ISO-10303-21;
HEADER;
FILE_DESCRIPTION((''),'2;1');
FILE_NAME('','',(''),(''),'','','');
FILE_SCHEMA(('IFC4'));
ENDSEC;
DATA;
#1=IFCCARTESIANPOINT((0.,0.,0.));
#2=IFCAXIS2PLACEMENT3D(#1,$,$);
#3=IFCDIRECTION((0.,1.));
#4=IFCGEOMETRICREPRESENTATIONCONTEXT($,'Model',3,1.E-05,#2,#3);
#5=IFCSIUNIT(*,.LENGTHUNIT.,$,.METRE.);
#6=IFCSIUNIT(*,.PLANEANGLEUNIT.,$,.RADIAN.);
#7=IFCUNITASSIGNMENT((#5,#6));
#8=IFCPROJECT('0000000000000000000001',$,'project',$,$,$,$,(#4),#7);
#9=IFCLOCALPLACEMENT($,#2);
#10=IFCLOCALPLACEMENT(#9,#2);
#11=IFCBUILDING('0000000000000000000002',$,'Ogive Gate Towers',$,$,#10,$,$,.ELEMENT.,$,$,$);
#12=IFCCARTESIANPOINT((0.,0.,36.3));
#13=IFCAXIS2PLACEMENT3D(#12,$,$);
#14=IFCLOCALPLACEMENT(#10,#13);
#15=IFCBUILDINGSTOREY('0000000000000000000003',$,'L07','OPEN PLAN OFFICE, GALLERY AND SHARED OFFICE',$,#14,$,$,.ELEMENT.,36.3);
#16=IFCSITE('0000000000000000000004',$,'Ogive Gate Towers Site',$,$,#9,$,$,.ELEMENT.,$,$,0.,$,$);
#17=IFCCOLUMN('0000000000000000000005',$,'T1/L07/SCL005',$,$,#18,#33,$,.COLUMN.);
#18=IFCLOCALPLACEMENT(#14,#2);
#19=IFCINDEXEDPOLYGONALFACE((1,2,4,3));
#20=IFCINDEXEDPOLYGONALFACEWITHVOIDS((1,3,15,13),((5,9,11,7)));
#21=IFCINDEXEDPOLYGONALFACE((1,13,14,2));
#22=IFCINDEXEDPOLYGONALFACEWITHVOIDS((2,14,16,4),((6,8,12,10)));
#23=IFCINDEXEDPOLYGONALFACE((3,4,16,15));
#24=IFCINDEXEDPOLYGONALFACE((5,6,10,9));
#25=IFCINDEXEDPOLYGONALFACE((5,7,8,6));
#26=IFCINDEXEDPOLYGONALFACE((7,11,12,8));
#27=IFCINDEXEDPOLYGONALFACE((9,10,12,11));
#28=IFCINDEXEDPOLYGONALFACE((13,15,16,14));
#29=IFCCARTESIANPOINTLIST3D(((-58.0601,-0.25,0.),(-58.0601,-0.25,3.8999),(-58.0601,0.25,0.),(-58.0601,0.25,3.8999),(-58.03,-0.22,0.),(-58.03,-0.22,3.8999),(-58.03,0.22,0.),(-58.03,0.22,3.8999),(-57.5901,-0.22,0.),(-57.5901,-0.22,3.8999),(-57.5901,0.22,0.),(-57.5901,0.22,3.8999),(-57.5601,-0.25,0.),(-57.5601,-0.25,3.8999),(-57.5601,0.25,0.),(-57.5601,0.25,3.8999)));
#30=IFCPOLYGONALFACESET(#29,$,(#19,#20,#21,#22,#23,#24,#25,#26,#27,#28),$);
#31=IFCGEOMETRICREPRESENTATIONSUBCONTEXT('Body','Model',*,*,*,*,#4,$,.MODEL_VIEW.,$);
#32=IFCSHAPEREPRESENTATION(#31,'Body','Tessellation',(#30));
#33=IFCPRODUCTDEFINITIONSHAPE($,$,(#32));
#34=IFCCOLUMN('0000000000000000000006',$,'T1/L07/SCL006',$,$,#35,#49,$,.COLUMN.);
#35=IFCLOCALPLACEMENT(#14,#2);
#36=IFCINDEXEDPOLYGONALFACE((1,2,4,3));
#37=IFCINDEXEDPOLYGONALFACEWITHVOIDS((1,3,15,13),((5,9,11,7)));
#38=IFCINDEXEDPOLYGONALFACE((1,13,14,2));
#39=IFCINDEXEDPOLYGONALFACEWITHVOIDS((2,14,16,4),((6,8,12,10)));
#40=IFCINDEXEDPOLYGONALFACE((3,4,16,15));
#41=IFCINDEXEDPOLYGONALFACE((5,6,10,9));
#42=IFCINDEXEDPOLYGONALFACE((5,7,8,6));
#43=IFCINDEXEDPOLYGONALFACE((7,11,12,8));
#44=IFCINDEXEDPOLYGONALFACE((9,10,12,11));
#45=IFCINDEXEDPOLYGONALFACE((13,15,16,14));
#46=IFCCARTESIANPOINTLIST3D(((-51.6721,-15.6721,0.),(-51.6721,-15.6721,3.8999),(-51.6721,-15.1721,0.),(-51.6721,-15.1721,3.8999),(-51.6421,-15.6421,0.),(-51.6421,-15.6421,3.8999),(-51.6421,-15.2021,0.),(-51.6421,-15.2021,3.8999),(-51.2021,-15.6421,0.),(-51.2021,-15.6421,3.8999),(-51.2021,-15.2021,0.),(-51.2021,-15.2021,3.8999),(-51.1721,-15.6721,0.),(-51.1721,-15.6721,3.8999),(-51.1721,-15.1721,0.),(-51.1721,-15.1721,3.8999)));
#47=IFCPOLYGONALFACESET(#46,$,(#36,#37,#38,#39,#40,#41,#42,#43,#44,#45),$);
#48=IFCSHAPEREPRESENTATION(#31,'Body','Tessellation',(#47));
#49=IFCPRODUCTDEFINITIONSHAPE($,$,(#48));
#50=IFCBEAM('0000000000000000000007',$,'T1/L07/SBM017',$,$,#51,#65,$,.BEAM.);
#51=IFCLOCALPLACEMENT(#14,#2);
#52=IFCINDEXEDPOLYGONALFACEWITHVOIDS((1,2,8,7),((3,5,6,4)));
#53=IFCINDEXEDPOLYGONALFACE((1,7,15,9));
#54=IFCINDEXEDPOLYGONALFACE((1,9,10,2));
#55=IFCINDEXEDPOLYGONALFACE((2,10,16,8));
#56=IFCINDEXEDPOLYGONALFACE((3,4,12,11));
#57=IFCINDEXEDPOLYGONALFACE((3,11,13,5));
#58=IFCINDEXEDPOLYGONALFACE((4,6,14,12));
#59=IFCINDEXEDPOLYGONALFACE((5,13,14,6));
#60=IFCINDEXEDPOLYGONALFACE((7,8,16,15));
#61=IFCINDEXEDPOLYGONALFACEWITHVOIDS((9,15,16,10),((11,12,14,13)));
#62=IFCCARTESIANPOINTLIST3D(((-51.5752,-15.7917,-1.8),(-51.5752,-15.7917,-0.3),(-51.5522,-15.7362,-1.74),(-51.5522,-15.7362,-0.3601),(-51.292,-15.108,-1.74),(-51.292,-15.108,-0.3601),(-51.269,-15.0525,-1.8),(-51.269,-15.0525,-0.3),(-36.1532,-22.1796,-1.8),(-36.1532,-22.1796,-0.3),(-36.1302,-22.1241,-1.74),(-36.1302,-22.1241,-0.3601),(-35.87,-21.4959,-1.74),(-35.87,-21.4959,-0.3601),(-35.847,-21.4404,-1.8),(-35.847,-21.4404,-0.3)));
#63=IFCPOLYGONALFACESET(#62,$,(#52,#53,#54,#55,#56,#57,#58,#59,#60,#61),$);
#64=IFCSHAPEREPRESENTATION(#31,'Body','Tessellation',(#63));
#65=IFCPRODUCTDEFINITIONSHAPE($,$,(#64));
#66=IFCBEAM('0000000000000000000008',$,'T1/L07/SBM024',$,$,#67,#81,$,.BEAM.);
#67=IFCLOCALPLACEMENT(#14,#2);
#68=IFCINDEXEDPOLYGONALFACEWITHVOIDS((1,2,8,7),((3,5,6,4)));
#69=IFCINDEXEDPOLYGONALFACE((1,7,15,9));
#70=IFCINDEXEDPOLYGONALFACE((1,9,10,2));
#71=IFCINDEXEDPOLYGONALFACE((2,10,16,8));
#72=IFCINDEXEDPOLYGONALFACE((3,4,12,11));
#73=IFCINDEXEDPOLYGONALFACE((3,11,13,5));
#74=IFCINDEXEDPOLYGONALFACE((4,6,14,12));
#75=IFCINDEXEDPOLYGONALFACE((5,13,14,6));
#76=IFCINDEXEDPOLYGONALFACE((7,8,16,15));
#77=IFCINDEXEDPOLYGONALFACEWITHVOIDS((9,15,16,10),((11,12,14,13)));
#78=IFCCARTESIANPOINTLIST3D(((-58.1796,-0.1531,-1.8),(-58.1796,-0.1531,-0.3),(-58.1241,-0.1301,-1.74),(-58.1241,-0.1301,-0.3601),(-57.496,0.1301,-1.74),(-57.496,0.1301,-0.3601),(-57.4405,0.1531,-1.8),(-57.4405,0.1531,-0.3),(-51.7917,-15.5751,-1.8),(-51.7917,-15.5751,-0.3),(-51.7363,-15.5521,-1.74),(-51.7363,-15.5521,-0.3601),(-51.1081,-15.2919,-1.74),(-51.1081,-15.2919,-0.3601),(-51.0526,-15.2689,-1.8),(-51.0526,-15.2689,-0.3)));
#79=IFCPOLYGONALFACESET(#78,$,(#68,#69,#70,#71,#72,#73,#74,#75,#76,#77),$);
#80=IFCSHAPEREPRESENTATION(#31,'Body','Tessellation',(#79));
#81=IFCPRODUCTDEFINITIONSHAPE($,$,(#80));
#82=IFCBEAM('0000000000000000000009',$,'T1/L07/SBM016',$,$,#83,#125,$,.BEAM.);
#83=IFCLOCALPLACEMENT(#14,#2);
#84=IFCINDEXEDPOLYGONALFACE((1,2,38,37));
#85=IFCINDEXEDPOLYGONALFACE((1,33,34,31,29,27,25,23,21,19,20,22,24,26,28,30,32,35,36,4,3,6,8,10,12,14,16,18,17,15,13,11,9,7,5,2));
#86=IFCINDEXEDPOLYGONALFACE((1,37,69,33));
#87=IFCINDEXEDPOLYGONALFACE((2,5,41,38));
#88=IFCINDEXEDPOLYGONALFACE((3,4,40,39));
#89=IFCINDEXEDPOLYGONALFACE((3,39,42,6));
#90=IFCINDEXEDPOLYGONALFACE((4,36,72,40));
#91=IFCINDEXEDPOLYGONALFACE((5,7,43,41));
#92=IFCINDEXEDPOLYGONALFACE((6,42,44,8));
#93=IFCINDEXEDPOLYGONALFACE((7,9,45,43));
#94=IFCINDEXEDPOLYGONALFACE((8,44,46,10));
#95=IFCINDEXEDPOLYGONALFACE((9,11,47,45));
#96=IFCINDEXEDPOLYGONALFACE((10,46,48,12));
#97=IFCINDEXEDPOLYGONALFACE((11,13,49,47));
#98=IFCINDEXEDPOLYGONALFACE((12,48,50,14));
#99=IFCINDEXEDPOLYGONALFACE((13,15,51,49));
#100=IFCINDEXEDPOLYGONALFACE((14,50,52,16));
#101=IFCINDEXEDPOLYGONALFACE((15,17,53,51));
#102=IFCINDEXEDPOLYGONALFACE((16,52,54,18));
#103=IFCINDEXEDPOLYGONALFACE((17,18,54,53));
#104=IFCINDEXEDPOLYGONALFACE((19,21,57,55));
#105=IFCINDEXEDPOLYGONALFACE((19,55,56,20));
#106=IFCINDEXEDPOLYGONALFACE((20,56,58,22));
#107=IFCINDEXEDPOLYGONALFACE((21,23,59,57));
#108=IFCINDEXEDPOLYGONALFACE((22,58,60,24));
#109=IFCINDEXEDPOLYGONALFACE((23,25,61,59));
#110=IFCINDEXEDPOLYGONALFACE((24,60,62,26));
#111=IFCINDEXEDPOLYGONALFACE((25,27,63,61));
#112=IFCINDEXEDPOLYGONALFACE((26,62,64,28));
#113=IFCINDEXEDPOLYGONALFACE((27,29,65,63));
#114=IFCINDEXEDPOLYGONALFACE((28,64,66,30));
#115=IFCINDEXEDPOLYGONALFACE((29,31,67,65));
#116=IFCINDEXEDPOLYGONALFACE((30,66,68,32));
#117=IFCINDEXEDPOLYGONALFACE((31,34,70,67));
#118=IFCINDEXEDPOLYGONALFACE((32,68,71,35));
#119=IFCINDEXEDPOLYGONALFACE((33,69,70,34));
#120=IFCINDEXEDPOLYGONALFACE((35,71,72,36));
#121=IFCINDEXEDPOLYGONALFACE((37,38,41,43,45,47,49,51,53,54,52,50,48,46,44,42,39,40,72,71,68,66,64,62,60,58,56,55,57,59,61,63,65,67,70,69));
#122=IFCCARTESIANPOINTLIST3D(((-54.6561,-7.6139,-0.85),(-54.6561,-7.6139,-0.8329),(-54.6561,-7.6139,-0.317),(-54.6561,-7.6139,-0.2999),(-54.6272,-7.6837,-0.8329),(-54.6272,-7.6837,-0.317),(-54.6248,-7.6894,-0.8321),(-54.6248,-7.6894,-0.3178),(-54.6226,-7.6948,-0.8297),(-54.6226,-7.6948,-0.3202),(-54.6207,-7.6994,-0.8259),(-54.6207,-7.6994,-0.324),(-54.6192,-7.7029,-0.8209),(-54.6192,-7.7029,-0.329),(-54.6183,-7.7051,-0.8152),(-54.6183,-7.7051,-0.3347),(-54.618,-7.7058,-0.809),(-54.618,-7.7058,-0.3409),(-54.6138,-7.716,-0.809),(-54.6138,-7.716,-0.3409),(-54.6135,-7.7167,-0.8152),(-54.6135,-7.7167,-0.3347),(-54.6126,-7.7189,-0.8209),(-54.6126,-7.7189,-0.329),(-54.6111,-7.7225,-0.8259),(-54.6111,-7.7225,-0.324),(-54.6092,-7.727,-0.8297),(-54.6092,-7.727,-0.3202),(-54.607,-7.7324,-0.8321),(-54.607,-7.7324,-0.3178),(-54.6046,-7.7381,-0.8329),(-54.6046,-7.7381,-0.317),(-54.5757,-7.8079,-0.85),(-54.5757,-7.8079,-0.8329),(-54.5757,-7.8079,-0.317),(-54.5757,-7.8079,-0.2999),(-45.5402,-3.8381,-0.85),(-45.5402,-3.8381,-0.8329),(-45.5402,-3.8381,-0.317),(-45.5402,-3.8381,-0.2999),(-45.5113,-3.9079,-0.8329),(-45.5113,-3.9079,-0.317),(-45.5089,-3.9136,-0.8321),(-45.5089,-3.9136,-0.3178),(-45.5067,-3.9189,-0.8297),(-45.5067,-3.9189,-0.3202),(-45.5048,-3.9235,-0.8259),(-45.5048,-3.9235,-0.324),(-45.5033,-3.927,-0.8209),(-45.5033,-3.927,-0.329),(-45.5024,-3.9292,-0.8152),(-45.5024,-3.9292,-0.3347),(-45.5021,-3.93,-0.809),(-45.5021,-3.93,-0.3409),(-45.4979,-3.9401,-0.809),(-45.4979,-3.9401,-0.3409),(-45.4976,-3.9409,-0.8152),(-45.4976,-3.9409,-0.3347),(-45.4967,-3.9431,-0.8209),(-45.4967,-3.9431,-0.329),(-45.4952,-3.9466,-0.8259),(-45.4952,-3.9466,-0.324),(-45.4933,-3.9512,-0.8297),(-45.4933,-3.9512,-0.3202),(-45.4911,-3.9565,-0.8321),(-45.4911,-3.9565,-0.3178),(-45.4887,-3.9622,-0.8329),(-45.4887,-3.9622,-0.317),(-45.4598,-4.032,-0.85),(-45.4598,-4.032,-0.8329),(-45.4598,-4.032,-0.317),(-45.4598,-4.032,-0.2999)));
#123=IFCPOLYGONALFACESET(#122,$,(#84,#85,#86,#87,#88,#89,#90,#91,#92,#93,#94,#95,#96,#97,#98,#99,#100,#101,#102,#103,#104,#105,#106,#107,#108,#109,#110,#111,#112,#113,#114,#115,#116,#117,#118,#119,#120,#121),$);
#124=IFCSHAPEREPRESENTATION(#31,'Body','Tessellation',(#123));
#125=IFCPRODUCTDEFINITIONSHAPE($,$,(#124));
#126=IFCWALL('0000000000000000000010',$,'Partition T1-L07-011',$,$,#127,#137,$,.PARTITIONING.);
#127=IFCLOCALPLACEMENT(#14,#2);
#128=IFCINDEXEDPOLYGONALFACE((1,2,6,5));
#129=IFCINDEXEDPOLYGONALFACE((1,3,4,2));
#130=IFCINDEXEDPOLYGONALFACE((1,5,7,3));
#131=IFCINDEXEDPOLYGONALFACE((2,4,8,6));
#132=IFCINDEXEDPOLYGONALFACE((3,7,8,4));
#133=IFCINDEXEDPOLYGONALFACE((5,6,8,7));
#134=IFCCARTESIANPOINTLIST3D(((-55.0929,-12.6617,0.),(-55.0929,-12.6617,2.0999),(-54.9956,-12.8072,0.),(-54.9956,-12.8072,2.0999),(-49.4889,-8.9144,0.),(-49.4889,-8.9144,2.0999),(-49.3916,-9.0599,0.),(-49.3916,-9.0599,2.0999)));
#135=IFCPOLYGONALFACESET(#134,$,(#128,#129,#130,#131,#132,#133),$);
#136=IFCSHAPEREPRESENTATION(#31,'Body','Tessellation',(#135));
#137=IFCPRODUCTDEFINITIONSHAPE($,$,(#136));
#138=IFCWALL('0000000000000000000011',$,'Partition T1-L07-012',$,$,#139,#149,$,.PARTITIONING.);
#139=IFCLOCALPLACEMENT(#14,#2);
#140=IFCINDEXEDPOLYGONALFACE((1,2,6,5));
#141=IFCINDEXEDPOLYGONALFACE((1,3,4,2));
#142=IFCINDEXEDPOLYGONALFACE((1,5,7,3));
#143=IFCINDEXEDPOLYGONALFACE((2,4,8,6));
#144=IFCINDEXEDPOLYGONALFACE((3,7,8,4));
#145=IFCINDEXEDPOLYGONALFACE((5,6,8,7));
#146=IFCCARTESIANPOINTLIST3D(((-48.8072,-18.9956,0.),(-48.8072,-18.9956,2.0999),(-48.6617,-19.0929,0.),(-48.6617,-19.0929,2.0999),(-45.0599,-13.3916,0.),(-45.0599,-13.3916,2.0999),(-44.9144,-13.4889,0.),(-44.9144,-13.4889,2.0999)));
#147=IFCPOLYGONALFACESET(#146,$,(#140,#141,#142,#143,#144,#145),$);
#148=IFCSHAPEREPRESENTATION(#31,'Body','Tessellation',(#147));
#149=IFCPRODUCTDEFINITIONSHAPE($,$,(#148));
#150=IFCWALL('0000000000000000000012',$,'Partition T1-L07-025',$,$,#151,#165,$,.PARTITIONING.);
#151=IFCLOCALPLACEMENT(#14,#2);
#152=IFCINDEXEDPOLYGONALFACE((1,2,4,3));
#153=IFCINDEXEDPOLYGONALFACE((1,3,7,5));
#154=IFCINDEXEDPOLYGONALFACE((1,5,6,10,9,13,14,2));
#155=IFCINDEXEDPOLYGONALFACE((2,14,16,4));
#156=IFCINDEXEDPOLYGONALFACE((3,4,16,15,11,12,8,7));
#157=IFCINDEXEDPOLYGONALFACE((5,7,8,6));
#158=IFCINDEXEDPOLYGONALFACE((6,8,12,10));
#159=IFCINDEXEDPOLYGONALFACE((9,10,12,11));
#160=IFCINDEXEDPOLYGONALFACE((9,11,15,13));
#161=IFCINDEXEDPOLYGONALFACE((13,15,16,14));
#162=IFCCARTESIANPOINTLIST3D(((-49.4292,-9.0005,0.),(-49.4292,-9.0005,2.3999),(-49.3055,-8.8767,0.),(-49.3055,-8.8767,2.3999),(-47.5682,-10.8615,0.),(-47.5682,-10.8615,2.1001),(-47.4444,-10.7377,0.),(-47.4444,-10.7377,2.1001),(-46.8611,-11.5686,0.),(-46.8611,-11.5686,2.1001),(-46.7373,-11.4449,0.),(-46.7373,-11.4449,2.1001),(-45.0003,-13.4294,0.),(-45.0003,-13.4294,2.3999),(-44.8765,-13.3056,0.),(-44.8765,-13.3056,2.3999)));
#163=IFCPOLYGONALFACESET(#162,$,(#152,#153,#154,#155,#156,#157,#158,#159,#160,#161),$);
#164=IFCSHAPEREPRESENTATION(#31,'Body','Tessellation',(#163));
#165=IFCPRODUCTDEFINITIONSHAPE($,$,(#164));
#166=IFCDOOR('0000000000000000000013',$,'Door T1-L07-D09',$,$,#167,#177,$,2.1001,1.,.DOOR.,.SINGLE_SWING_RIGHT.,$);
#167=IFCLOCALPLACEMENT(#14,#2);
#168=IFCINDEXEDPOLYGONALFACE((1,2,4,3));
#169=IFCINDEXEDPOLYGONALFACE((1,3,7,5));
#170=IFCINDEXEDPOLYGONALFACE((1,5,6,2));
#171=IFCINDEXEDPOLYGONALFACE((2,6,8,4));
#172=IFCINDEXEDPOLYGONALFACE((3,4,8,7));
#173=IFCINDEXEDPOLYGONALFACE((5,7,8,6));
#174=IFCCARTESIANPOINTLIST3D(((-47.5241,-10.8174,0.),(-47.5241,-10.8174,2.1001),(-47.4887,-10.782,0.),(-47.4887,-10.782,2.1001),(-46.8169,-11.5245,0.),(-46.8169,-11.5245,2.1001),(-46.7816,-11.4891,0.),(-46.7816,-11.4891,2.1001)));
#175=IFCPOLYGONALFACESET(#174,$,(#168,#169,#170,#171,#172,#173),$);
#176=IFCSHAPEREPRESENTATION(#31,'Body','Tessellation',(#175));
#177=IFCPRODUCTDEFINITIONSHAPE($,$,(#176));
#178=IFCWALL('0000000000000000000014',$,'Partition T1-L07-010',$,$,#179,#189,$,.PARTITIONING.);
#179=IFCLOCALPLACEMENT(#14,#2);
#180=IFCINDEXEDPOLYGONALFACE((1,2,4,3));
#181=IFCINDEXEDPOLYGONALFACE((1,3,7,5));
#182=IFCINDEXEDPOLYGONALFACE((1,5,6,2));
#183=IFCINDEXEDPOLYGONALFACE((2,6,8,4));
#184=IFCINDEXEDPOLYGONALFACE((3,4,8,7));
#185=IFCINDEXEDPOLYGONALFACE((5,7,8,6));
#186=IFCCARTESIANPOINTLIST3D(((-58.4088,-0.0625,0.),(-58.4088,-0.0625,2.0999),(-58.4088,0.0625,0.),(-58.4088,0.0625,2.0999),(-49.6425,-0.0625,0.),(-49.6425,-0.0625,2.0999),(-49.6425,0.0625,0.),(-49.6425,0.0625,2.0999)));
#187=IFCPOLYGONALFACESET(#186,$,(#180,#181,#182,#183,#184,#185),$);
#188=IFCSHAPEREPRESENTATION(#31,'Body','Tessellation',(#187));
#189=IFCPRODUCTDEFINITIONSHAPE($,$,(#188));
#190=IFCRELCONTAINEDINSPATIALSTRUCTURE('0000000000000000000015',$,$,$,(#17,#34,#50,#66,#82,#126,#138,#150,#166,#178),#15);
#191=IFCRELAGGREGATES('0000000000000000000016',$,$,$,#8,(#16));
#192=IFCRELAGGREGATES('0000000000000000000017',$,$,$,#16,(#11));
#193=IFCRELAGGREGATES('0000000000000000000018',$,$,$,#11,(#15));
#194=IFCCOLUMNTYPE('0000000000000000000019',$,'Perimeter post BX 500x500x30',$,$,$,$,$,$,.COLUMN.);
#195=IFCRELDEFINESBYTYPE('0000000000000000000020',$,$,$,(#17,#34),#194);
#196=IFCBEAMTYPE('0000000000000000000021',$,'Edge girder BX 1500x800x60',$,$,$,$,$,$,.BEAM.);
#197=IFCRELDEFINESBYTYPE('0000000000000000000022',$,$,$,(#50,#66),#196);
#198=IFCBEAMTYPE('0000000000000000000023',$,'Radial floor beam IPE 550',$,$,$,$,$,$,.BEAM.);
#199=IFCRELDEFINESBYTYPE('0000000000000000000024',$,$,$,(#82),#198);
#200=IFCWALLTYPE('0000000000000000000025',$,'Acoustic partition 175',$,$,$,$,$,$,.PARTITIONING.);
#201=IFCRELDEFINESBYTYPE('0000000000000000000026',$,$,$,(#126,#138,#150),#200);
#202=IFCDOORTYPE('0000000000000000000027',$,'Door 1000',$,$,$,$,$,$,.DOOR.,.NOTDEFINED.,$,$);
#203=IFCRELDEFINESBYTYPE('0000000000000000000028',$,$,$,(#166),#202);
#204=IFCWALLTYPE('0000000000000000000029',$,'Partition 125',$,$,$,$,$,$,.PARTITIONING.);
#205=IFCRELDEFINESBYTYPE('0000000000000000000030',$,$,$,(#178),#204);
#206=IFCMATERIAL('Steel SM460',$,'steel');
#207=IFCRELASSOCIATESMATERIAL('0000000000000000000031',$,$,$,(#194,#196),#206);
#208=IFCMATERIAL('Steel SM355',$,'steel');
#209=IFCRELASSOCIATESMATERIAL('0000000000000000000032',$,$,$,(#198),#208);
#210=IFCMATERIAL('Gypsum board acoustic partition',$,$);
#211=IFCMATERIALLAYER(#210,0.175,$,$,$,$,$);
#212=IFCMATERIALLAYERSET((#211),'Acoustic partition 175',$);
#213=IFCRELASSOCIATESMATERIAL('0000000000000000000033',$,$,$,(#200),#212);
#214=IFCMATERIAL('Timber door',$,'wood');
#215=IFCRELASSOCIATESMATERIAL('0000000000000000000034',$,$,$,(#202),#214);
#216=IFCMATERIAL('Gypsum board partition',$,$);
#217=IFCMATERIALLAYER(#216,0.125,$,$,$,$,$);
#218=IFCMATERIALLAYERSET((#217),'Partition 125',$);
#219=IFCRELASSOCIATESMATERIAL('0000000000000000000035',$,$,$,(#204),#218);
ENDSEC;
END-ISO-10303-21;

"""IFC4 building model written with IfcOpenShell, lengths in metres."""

from ifc_helpers import new_model, si_unit, direction, frame, frame_2d, origin, origin_2d, place, context, subcontext, project, spatial, rectangle, hollow_rectangle, i_section, extrude, material, layer, layer_set, material_profile, profile_set, type_object, element, fill, save


model = new_model("IFC4")

# Units and contexts
model_context = context("Model", 3, precision=1e-05, world=origin(), true_north=direction((0.0, 1.0)))
body_context = subcontext(model_context, "Body", "Model", "MODEL_VIEW")
ifc_project = project(units=[si_unit("LENGTHUNIT", "METRE"), si_unit("PLANEANGLEUNIT", "RADIAN")], contexts=[model_context])

# Site, building, storey
site_placement = place(None, origin())
site = spatial("IfcSite", under=ifc_project, at=site_placement, Name="Ogive Gate Towers Site", CompositionType="ELEMENT", RefElevation=0.0)
building_placement = place(site_placement, origin())
building = spatial("IfcBuilding", under=site, at=building_placement, Name="Ogive Gate Towers", CompositionType="ELEMENT")
storey_placement = place(building_placement, frame((0.0, 0.0, 36.3)))
storey = spatial("IfcBuildingStorey", under=building, at=storey_placement, Name="L07", Description="OPEN PLAN OFFICE, GALLERY AND SHARED OFFICE", CompositionType="ELEMENT", Elevation=36.3)

# Columns
ifc_material_1 = material(Name="Steel SM460", Category="steel")
ifc_material_profile_1 = material_profile(ifc_material_1, hollow_rectangle(XDim=0.5, YDim=0.5, WallThickness=0.03, at=origin_2d()), Name="BX 500x500x30")
ifc_profile_set_1 = profile_set([ifc_material_profile_1], Name="Steel SM460")
column_type = type_object("IfcColumnType", Name="Perimeter post BX 500x500x30", PredefinedType="COLUMN", material=ifc_profile_set_1)
for number, where, z_axis, x_axis, name in (
    (1, (-57.8101, 0.0, 0.0), (0.0, 0.0, 1.0), (1.0, 0.0, 0.0), "T1/L07/SCL005"),
    (2, (-51.4221, -15.4221, 0.0), (0.0, 0.0, 1.0), (1.0, 0.0, 0.0), "T1/L07/SCL006"),
):
    element("IfcColumn", number, at=place(storey_placement, frame(where, z_axis=z_axis, x_axis=x_axis)), inside=storey, type_object=column_type, Name=name, PredefinedType="COLUMN", context=body_context, shape_type="SweptSolid", body=[
        extrude(hollow_rectangle(XDim=0.5, YDim=0.5, WallThickness=0.03, at=origin_2d()), origin(), (0.0, 0.0, 1.0), 3.8999),
    ])

# Beams
ifc_material_profile_2 = material_profile(ifc_material_1, hollow_rectangle(XDim=0.8, YDim=1.5, WallThickness=0.0601, at=origin_2d()), Name="BX 1500x800x60")
ifc_profile_set_2 = profile_set([ifc_material_profile_2], Name="Steel SM460")
beam_type_1 = type_object("IfcBeamType", Name="Edge girder BX 1500x800x60", PredefinedType="BEAM", material=ifc_profile_set_2)
for number, where, z_axis, x_axis, name in (
    (3, (-51.4221, -15.4221, -1.05), (0.923882, -0.382678, 0.0), (0.382678, 0.923882, 0.0), "T1/L07/SBM017"),
    (4, (-57.8101, 0.0, -1.05), (0.382678, -0.923882, 0.0), (0.923882, 0.382678, 0.0), "T1/L07/SBM024"),
):
    element("IfcBeam", number, at=place(storey_placement, frame(where, z_axis=z_axis, x_axis=x_axis)), inside=storey, type_object=beam_type_1, Name=name, PredefinedType="BEAM", context=body_context, shape_type="SweptSolid", body=[
        extrude(hollow_rectangle(XDim=0.8, YDim=1.5, WallThickness=0.0601, at=origin_2d()), origin(), (0.0, 0.0, 1.0), 16.6926),
    ])
ifc_material_2 = material(Name="Steel SM355", Category="steel")
ifc_material_profile_3 = material_profile(ifc_material_2, i_section(OverallWidth=0.21, OverallDepth=0.55, WebThickness=0.011, FlangeThickness=0.0171, FilletRadius=0.0239, at=origin_2d()), Name="IPE 550")
ifc_profile_set_3 = profile_set([ifc_material_profile_3], Name="Steel SM355")
beam_type_2 = type_object("IfcBeamType", Name="Radial floor beam IPE 550", PredefinedType="BEAM", material=ifc_profile_set_3)
beam_placement = place(storey_placement, frame((-45.5, -3.9351, -0.575), z_axis=(-0.923882, -0.382677, 0.0), x_axis=(0.382677, -0.923882, 0.0)))
element("IfcBeam", 5, at=beam_placement, inside=storey, type_object=beam_type_2, Name="T1/L07/SBM016", PredefinedType="BEAM", context=body_context, shape_type="SweptSolid", body=[
    extrude(i_section(OverallWidth=0.21, OverallDepth=0.55, WebThickness=0.011, FlangeThickness=0.0171, FilletRadius=0.0239, at=origin_2d()), origin(), (0.0, 0.0, 1.0), 9.8669),
])

# Walls
ifc_material_3 = material(Name="Gypsum board acoustic partition")
ifc_layer_1 = layer(ifc_material_3, 0.175)
ifc_layer_set_1 = layer_set([ifc_layer_1], Name="Acoustic partition 175")
wall_type_1 = type_object("IfcWallType", Name="Acoustic partition 175", PredefinedType="PARTITIONING", material=ifc_layer_set_1)
for number, where, z_axis, x_axis, name in (
    (6, (-55.0442, -12.7344, 0.0), (0.0, 0.0, 1.0), (0.831275, 0.555861, 0.0), "Partition T1-L07-011"),
    (7, (-48.7344, -19.0442, 0.0), (0.0, 0.0, 1.0), (0.555861, 0.831275, 0.0), "Partition T1-L07-012"),
):
    element("IfcWall", number, at=place(storey_placement, frame(where, z_axis=z_axis, x_axis=x_axis)), inside=storey, type_object=wall_type_1, Name=name, PredefinedType="PARTITIONING", context=body_context, shape_type="SweptSolid", body=[
        extrude(rectangle(XDim=6.7415, YDim=0.175, at=frame_2d((3.3706, 0.0))), origin(), (0.0, 0.0, 1.0), 2.0999),
    ])

# Wall, opening, door
wall_1_placement = place(storey_placement, frame((-49.3674, -8.9385, 0.0), z_axis=(0.0, 0.0, 1.0), x_axis=(0.707107, -0.707107, 0.0)))
wall_1 = element("IfcWall", 8, at=wall_1_placement, inside=storey, type_object=wall_type_1, Name="Partition T1-L07-025", PredefinedType="PARTITIONING", context=body_context, shape_type="SweptSolid", body=[
    extrude(rectangle(XDim=6.2634, YDim=0.175, at=frame_2d((3.1318, 0.0))), origin(), (0.0, 0.0, 1.0), 2.3999),
])
opening_placement = place(wall_1_placement, frame((2.6321, 0.0, 0.0)))
opening = element("IfcOpeningElement", 9, at=opening_placement, cuts=wall_1, PredefinedType="OPENING", context=body_context, shape_type="SweptSolid", body=[
    extrude(rectangle(XDim=1.0, YDim=2.1001, at=frame_2d((0.5, 1.05))), frame((0.0, 0.0977, 0.0), z_axis=(0.0, -1.0, 0.0), x_axis=(1.0, 0.0, 0.0)), (0.0, 0.0, 1.0), 0.1951),
])
ifc_material_4 = material(Name="Timber door", Category="wood")
door_type = type_object("IfcDoorType", Name="Door 1000", OperationType="NOTDEFINED", PredefinedType="DOOR", material=ifc_material_4)
door_placement = place(opening_placement, origin())
door = element("IfcDoor", 10, at=door_placement, inside=storey, type_object=door_type, Name="Door T1-L07-D09", OperationType="SINGLE_SWING_RIGHT", OverallHeight=2.1001, OverallWidth=1.0, PredefinedType="DOOR", context=body_context, shape_type="SweptSolid", body=[
    extrude(rectangle(XDim=1.0, YDim=2.1001, at=frame_2d((0.5, 1.05))), frame((0.0, 0.0249, 0.0), z_axis=(0.0, -1.0, 0.0), x_axis=(1.0, 0.0, 0.0)), (0.0, 0.0, 1.0), 0.05),
])
fill(opening, door)

# Wall
ifc_material_5 = material(Name="Gypsum board partition")
ifc_layer_2 = layer(ifc_material_5, 0.125)
ifc_layer_set_2 = layer_set([ifc_layer_2], Name="Partition 125")
wall_type_2 = type_object("IfcWallType", Name="Partition 125", PredefinedType="PARTITIONING", material=ifc_layer_set_2)
wall_2_placement = place(storey_placement, frame((-58.4089, 0.0, 0.0), z_axis=(0.0, 0.0, 1.0), x_axis=(1.0, 0.0, 0.0)))
element("IfcWall", 11, at=wall_2_placement, inside=storey, type_object=wall_type_2, Name="Partition T1-L07-010", PredefinedType="PARTITIONING", context=body_context, shape_type="SweptSolid", body=[
    extrude(rectangle(XDim=8.7664, YDim=0.125, at=frame_2d((4.3833, 0.0))), origin(), (0.0, 0.0, 1.0), 2.0999),
])

save(model, "model.ifc")
